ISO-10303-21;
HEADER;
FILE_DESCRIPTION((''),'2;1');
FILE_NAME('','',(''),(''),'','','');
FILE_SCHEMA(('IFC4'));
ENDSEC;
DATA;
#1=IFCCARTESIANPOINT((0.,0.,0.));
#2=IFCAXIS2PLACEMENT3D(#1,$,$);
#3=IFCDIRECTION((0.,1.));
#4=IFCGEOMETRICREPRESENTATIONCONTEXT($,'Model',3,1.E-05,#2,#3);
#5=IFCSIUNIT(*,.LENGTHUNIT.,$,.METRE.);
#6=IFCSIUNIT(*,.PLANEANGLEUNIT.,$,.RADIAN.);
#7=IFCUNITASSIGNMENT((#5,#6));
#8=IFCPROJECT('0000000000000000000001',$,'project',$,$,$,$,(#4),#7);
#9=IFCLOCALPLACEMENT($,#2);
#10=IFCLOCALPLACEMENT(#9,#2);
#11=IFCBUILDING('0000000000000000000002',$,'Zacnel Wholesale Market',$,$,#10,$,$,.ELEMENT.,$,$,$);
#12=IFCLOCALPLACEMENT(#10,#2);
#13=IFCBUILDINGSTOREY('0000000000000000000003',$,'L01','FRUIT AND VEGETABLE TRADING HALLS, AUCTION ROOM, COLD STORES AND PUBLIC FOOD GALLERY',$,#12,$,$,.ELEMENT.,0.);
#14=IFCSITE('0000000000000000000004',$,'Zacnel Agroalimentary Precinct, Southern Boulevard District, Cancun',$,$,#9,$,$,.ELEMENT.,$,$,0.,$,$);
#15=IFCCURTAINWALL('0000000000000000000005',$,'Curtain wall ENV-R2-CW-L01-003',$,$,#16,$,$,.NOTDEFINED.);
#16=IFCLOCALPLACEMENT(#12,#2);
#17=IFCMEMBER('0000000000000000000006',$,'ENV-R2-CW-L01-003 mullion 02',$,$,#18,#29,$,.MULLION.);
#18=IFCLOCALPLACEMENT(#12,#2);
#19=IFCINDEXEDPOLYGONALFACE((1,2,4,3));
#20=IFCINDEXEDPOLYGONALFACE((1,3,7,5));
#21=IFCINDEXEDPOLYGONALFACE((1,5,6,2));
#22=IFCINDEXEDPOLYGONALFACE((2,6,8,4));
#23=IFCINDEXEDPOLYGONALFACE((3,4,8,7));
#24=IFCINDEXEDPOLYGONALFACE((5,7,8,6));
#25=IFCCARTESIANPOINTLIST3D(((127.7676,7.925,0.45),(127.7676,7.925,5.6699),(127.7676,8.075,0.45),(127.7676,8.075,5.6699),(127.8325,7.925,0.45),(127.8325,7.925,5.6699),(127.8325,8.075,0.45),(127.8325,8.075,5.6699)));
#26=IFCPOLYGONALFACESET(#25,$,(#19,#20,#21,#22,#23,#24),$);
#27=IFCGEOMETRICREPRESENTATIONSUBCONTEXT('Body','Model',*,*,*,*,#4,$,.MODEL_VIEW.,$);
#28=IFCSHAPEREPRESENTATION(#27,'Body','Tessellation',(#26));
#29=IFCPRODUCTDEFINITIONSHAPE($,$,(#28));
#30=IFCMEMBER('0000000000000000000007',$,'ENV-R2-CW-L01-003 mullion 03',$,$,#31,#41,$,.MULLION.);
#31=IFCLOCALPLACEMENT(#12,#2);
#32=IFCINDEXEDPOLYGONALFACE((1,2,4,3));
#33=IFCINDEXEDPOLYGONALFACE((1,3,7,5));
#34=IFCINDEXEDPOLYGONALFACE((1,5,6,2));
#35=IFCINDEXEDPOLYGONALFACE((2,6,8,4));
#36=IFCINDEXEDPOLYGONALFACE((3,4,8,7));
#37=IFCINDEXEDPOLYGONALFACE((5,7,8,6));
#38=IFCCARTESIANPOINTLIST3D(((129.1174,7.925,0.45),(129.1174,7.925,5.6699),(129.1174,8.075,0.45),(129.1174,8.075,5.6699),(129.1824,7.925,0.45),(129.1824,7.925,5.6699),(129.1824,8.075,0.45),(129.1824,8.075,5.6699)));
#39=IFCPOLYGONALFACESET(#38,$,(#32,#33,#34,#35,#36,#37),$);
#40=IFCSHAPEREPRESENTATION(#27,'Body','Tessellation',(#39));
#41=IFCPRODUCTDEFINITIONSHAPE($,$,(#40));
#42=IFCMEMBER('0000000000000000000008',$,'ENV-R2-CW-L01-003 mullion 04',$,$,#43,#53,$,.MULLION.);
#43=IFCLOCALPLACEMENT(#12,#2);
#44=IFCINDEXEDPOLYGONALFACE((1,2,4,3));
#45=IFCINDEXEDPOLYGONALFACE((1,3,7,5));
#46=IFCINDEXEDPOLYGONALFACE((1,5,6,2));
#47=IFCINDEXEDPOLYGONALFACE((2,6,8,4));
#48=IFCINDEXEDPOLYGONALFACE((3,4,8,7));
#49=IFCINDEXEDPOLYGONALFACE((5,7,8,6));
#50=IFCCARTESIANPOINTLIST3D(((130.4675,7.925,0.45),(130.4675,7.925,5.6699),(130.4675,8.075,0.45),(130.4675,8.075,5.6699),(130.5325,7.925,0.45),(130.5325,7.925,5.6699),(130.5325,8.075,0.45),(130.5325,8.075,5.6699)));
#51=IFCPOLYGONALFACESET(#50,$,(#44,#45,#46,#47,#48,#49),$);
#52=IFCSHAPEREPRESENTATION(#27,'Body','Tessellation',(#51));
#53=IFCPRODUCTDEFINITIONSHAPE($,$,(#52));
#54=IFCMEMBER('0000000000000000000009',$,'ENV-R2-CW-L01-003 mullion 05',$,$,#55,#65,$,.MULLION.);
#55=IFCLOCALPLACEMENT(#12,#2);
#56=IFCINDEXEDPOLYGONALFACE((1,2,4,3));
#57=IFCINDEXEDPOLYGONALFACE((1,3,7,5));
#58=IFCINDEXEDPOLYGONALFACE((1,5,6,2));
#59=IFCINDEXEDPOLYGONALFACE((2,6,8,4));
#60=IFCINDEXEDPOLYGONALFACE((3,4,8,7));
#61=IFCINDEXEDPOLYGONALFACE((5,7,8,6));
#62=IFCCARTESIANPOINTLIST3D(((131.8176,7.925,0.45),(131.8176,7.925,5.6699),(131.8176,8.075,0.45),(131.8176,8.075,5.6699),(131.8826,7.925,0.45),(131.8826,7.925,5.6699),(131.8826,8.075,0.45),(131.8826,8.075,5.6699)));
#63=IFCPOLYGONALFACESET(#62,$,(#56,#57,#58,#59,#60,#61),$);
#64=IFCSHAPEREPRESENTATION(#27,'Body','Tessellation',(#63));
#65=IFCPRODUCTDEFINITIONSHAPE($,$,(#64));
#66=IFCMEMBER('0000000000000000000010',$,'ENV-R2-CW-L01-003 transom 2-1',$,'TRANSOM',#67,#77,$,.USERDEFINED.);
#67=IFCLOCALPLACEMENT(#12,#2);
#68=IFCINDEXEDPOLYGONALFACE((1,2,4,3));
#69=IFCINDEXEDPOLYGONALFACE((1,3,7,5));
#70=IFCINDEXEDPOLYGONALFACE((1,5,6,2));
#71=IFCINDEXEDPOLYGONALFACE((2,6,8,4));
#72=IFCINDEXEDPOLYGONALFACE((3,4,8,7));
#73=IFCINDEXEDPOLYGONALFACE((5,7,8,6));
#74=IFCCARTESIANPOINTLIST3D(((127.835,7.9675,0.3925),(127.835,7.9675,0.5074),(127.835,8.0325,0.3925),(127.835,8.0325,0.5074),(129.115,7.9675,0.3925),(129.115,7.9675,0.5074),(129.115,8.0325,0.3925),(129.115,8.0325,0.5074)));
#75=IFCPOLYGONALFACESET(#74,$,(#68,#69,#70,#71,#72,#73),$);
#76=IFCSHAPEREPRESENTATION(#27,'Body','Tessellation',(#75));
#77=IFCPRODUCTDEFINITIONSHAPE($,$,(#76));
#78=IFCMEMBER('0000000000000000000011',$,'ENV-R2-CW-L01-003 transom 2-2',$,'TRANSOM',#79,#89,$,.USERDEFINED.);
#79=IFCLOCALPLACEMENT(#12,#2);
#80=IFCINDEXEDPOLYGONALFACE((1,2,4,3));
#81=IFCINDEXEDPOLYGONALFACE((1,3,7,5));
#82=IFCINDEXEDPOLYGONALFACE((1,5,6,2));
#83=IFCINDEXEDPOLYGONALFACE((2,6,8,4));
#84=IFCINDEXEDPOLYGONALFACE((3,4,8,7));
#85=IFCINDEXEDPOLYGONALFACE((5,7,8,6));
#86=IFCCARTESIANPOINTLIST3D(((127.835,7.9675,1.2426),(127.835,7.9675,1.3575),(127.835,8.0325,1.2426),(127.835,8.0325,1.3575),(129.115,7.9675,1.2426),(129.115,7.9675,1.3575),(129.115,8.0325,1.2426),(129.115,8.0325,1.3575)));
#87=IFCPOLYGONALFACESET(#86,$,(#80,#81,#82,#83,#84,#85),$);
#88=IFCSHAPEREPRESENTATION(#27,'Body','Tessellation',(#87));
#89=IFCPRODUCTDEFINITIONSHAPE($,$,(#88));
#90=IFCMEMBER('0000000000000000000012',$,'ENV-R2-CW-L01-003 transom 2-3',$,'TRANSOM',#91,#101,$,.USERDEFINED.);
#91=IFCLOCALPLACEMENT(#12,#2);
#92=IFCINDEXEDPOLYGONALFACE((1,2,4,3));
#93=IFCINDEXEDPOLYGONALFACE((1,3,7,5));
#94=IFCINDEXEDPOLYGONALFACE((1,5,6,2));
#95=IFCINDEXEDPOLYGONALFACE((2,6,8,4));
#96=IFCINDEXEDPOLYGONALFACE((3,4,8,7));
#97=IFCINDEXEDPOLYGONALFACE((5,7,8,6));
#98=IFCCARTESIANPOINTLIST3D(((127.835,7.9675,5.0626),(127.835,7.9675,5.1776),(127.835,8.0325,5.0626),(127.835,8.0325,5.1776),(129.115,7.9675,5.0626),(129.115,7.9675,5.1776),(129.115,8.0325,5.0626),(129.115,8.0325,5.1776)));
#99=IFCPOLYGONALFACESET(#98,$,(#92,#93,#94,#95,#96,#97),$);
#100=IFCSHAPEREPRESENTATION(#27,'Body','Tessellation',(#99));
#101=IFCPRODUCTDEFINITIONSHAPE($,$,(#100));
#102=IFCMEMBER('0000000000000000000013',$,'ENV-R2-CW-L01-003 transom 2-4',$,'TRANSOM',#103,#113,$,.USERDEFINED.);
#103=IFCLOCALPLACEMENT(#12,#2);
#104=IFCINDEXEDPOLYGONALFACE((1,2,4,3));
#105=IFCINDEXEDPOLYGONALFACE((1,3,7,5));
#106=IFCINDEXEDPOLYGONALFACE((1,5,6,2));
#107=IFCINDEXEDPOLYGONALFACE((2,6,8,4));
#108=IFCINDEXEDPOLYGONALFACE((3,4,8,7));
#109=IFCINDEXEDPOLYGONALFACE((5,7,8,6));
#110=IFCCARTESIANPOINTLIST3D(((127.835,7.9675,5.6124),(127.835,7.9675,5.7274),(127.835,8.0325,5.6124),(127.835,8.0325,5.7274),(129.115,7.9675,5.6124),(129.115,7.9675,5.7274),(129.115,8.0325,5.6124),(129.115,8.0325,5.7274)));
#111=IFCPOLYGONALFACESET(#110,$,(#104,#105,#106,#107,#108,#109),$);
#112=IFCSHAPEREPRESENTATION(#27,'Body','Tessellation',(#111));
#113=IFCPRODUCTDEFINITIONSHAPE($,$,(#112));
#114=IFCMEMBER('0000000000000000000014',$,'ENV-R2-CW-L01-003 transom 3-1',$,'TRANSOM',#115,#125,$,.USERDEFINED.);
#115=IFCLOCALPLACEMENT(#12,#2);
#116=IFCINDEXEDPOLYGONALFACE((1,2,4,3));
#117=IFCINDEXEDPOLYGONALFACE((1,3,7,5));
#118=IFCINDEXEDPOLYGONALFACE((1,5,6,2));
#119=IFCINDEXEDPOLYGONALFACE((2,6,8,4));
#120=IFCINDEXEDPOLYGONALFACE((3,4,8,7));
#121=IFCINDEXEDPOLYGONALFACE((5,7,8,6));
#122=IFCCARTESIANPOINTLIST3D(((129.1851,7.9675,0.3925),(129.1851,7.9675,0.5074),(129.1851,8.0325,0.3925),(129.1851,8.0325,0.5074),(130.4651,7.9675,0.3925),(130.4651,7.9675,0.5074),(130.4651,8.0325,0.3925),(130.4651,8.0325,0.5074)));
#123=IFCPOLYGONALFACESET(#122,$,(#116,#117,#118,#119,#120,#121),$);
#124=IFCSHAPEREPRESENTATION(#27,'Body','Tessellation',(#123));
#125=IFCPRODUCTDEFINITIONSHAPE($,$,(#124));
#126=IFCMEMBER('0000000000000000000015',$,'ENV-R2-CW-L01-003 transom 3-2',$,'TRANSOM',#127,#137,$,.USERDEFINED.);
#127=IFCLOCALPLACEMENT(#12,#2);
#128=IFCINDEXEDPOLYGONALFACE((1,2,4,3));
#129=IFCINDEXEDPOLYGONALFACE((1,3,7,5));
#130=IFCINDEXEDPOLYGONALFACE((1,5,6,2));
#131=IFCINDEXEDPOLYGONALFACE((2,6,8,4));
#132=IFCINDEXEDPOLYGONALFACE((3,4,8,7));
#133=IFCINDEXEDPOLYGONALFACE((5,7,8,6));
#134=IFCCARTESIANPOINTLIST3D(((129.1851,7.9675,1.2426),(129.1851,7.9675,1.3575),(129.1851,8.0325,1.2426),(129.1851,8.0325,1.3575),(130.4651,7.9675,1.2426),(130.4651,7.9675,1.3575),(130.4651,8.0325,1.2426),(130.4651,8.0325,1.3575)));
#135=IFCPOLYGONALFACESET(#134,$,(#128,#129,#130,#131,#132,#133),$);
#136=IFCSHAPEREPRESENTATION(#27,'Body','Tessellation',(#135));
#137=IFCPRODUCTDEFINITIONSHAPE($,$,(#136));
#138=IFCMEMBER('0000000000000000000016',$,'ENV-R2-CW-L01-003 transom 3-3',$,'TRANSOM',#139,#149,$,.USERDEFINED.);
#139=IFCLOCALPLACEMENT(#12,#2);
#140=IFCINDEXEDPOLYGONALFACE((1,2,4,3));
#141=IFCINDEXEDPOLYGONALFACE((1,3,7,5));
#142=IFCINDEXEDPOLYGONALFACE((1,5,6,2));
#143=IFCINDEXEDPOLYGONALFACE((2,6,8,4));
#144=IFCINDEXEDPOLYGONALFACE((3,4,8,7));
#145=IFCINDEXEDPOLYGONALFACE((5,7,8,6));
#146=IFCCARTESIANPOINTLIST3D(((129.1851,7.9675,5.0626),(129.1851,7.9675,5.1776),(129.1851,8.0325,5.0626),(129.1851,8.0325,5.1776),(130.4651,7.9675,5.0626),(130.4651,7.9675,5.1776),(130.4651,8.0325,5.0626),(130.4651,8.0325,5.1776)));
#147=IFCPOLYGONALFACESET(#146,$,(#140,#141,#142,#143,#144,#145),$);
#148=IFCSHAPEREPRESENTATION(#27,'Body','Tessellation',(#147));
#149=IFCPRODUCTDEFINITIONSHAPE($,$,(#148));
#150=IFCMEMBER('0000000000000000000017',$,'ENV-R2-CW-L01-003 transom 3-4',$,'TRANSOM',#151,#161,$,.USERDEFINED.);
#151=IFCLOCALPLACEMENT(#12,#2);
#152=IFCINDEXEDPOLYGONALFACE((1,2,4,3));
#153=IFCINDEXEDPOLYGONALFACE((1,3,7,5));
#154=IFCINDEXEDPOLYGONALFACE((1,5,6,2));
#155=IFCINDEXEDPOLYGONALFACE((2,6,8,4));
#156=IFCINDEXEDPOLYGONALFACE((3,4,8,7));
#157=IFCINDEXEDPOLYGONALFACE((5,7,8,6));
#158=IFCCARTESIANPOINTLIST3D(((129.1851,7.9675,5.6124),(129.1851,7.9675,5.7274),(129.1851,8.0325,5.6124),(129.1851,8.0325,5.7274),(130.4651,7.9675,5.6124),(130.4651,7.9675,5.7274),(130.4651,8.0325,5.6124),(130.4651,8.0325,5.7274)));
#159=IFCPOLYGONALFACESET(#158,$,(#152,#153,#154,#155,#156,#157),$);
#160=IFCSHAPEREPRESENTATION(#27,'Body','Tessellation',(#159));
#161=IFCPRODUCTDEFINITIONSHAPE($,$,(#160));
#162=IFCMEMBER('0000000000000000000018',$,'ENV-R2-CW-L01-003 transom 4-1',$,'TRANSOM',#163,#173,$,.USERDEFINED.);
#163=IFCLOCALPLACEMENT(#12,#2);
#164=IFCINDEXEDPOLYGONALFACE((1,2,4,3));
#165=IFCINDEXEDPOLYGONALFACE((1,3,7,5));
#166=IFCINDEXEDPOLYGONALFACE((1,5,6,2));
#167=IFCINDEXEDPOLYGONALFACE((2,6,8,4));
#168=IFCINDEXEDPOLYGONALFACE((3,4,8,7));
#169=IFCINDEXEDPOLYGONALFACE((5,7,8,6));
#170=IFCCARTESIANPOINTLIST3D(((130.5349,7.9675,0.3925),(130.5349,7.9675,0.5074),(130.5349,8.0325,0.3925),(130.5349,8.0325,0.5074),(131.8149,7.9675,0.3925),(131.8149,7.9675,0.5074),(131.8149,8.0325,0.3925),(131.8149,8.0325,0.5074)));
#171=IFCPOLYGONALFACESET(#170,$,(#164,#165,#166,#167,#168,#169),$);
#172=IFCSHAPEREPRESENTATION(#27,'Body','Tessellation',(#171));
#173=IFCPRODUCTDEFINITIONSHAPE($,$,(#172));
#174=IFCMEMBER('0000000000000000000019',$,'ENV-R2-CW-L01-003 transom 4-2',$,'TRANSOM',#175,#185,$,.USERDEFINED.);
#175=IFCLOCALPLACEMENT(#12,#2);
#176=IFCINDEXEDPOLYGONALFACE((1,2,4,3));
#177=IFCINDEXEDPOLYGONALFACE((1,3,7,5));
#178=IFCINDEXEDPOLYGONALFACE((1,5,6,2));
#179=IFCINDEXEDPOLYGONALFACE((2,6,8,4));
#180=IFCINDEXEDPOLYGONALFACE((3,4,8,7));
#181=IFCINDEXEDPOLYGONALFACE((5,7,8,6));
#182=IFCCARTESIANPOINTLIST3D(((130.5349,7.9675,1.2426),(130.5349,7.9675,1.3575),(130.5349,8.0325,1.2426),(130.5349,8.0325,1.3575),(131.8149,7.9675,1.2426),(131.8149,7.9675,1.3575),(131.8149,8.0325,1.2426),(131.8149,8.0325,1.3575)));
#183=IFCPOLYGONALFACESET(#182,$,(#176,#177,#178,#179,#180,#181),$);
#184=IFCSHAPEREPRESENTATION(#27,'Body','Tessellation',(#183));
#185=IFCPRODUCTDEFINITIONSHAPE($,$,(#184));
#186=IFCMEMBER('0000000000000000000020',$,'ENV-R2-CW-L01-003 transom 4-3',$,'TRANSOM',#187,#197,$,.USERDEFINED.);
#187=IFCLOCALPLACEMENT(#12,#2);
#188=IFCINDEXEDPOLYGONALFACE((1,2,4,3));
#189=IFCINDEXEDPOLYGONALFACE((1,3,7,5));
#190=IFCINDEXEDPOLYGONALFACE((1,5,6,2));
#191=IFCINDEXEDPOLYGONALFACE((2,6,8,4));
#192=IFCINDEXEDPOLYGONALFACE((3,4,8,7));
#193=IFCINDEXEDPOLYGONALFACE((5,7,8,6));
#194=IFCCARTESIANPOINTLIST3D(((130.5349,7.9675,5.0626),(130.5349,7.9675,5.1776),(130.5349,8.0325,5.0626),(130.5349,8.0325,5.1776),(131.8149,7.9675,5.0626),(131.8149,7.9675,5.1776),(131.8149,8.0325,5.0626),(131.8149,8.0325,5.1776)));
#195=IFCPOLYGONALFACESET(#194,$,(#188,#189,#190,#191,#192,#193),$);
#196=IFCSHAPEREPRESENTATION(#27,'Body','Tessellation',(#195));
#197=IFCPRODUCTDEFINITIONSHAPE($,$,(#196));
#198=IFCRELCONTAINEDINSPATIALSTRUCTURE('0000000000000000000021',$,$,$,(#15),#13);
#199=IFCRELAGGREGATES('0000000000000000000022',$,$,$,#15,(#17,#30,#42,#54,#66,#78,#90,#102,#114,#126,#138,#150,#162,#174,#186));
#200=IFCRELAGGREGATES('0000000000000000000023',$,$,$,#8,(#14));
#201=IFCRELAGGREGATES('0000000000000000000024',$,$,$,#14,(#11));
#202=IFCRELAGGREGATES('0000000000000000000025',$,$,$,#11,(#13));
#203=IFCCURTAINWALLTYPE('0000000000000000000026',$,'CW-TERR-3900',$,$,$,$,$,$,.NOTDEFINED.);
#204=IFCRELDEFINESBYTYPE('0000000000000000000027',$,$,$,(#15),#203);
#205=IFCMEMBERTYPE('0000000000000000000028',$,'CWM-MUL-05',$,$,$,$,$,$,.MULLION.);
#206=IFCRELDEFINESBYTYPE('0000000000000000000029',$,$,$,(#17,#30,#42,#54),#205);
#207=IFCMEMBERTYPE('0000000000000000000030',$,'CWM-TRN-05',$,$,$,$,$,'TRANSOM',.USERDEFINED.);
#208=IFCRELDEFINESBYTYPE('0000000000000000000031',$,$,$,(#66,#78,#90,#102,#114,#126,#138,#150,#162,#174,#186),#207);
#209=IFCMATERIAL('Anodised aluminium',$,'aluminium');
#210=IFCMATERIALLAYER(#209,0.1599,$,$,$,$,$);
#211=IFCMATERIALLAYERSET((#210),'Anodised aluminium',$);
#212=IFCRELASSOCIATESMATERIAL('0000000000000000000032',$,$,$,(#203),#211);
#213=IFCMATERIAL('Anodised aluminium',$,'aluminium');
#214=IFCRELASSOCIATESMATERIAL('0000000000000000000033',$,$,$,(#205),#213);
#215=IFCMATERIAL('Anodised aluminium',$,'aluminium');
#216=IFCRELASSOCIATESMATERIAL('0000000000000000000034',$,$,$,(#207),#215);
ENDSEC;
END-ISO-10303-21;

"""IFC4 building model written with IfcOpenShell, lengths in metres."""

from ifc_helpers import new_model, si_unit, direction, frame, origin, origin_2d, place, context, subcontext, project, spatial, rectangle, extrude, material, layer, layer_set, material_profile, profile_set, type_object, element, aggregate, save


model = new_model("IFC4")

# Units and contexts
model_context = context("Model", 3, precision=1e-05, world=origin(), true_north=direction((0.0, 1.0)))
body_context = subcontext(model_context, "Body", "Model", "MODEL_VIEW")
ifc_project = project(units=[si_unit("LENGTHUNIT", "METRE"), si_unit("PLANEANGLEUNIT", "RADIAN")], contexts=[model_context])

# Site, building, storey
site_placement = place(None, origin())
site = spatial("IfcSite", under=ifc_project, at=site_placement, Name="Zacnel Agroalimentary Precinct, Southern Boulevard District, Cancun", CompositionType="ELEMENT", RefElevation=0.0)
building_placement = place(site_placement, origin())
building = spatial("IfcBuilding", under=site, at=building_placement, Name="Zacnel Wholesale Market", CompositionType="ELEMENT")
storey_placement = place(building_placement, origin())
storey = spatial("IfcBuildingStorey", under=building, at=storey_placement, Name="L01", Description="FRUIT AND VEGETABLE TRADING HALLS, AUCTION ROOM, COLD STORES AND PUBLIC FOOD GALLERY", CompositionType="ELEMENT", Elevation=0.0)

# Curtain wall, members
ifc_material_1 = material(Name="Anodised aluminium", Category="aluminium")
ifc_layer_1 = layer(ifc_material_1, 0.1599)
ifc_layer_set_1 = layer_set([ifc_layer_1], Name="Anodised aluminium")
curtain_wall_type = type_object("IfcCurtainWallType", Name="CW-TERR-3900", PredefinedType="NOTDEFINED", material=ifc_layer_set_1)
curtain_wall_placement = place(storey_placement, origin())
curtain_wall = element("IfcCurtainWall", 1, at=curtain_wall_placement, inside=storey, type_object=curtain_wall_type, Name="Curtain wall ENV-R2-CW-L01-003", PredefinedType="NOTDEFINED")
ifc_material_2 = material(Name="Anodised aluminium", Category="aluminium")
ifc_material_profile_1 = material_profile(ifc_material_2, rectangle(XDim=0.0649, YDim=0.1499, at=origin_2d()), Name="AW-MULLION 65x150")
ifc_profile_set_1 = profile_set([ifc_material_profile_1], Name="Anodised aluminium")
member_type_1 = type_object("IfcMemberType", Name="CWM-MUL-05", PredefinedType="MULLION", material=ifc_profile_set_1)
member_1_placement = place(storey_placement, frame((127.8, 8.0, 0.45), z_axis=(0.0, 0.0, 1.0), x_axis=(1.0, 0.0, 0.0)))
member_1 = element("IfcMember", 2, at=member_1_placement, type_object=member_type_1, Name="ENV-R2-CW-L01-003 mullion 02", PredefinedType="MULLION", context=body_context, shape_type="SweptSolid", body=[
    extrude(rectangle(XDim=0.0649, YDim=0.1499, at=origin_2d()), origin(), (0.0, 0.0, 1.0), 5.22),
])
member_2_placement = place(storey_placement, frame((129.1499, 8.0, 0.45), z_axis=(0.0, 0.0, 1.0), x_axis=(1.0, 0.0, 0.0)))
member_2 = element("IfcMember", 3, at=member_2_placement, type_object=member_type_1, Name="ENV-R2-CW-L01-003 mullion 03", PredefinedType="MULLION", context=body_context, shape_type="SweptSolid", body=[
    extrude(rectangle(XDim=0.0649, YDim=0.1499, at=origin_2d()), origin(), (0.0, 0.0, 1.0), 5.22),
])
member_3_placement = place(storey_placement, frame((130.5, 8.0, 0.45), z_axis=(0.0, 0.0, 1.0), x_axis=(1.0, 0.0, 0.0)))
member_3 = element("IfcMember", 4, at=member_3_placement, type_object=member_type_1, Name="ENV-R2-CW-L01-003 mullion 04", PredefinedType="MULLION", context=body_context, shape_type="SweptSolid", body=[
    extrude(rectangle(XDim=0.0649, YDim=0.1499, at=origin_2d()), origin(), (0.0, 0.0, 1.0), 5.22),
])
member_4_placement = place(storey_placement, frame((131.8501, 8.0, 0.45), z_axis=(0.0, 0.0, 1.0), x_axis=(1.0, 0.0, 0.0)))
member_4 = element("IfcMember", 5, at=member_4_placement, type_object=member_type_1, Name="ENV-R2-CW-L01-003 mullion 05", PredefinedType="MULLION", context=body_context, shape_type="SweptSolid", body=[
    extrude(rectangle(XDim=0.0649, YDim=0.1499, at=origin_2d()), origin(), (0.0, 0.0, 1.0), 5.22),
])
ifc_material_3 = material(Name="Anodised aluminium", Category="aluminium")
ifc_material_profile_2 = material_profile(ifc_material_3, rectangle(XDim=0.0649, YDim=0.115, at=origin_2d()), Name="AW-TRANSOM 65x115")
ifc_profile_set_2 = profile_set([ifc_material_profile_2], Name="Anodised aluminium")
member_type_2 = type_object("IfcMemberType", Name="CWM-TRN-05", ElementType="TRANSOM", PredefinedType="USERDEFINED", material=ifc_profile_set_2)
member_5_placement = place(storey_placement, frame((127.835, 8.0, 0.45), z_axis=(1.0, 0.0, 0.0), x_axis=(0.0, 1.0, 0.0)))
member_5 = element("IfcMember", 6, at=member_5_placement, type_object=member_type_2, Name="ENV-R2-CW-L01-003 transom 2-1", ObjectType="TRANSOM", PredefinedType="USERDEFINED", context=body_context, shape_type="SweptSolid", body=[
    extrude(rectangle(XDim=0.0649, YDim=0.115, at=origin_2d()), origin(), (0.0, 0.0, 1.0), 1.28),
])
member_6_placement = place(storey_placement, frame((127.835, 8.0, 1.3), z_axis=(1.0, 0.0, 0.0), x_axis=(0.0, 1.0, 0.0)))
member_6 = element("IfcMember", 7, at=member_6_placement, type_object=member_type_2, Name="ENV-R2-CW-L01-003 transom 2-2", ObjectType="TRANSOM", PredefinedType="USERDEFINED", context=body_context, shape_type="SweptSolid", body=[
    extrude(rectangle(XDim=0.0649, YDim=0.115, at=origin_2d()), origin(), (0.0, 0.0, 1.0), 1.28),
])
member_7_placement = place(storey_placement, frame((127.835, 8.0, 5.1201), z_axis=(1.0, 0.0, 0.0), x_axis=(0.0, 1.0, 0.0)))
member_7 = element("IfcMember", 8, at=member_7_placement, type_object=member_type_2, Name="ENV-R2-CW-L01-003 transom 2-3", ObjectType="TRANSOM", PredefinedType="USERDEFINED", context=body_context, shape_type="SweptSolid", body=[
    extrude(rectangle(XDim=0.0649, YDim=0.115, at=origin_2d()), origin(), (0.0, 0.0, 1.0), 1.28),
])
member_8_placement = place(storey_placement, frame((127.835, 8.0, 5.6699), z_axis=(1.0, 0.0, 0.0), x_axis=(0.0, 1.0, 0.0)))
member_8 = element("IfcMember", 9, at=member_8_placement, type_object=member_type_2, Name="ENV-R2-CW-L01-003 transom 2-4", ObjectType="TRANSOM", PredefinedType="USERDEFINED", context=body_context, shape_type="SweptSolid", body=[
    extrude(rectangle(XDim=0.0649, YDim=0.115, at=origin_2d()), origin(), (0.0, 0.0, 1.0), 1.28),
])
member_9_placement = place(storey_placement, frame((129.1851, 8.0, 0.45), z_axis=(1.0, 0.0, 0.0), x_axis=(0.0, 1.0, 0.0)))
member_9 = element("IfcMember", 10, at=member_9_placement, type_object=member_type_2, Name="ENV-R2-CW-L01-003 transom 3-1", ObjectType="TRANSOM", PredefinedType="USERDEFINED", context=body_context, shape_type="SweptSolid", body=[
    extrude(rectangle(XDim=0.0649, YDim=0.115, at=origin_2d()), origin(), (0.0, 0.0, 1.0), 1.28),
])
member_10_placement = place(storey_placement, frame((129.1851, 8.0, 1.3), z_axis=(1.0, 0.0, 0.0), x_axis=(0.0, 1.0, 0.0)))
member_10 = element("IfcMember", 11, at=member_10_placement, type_object=member_type_2, Name="ENV-R2-CW-L01-003 transom 3-2", ObjectType="TRANSOM", PredefinedType="USERDEFINED", context=body_context, shape_type="SweptSolid", body=[
    extrude(rectangle(XDim=0.0649, YDim=0.115, at=origin_2d()), origin(), (0.0, 0.0, 1.0), 1.28),
])
member_11_placement = place(storey_placement, frame((129.1851, 8.0, 5.1201), z_axis=(1.0, 0.0, 0.0), x_axis=(0.0, 1.0, 0.0)))
member_11 = element("IfcMember", 12, at=member_11_placement, type_object=member_type_2, Name="ENV-R2-CW-L01-003 transom 3-3", ObjectType="TRANSOM", PredefinedType="USERDEFINED", context=body_context, shape_type="SweptSolid", body=[
    extrude(rectangle(XDim=0.0649, YDim=0.115, at=origin_2d()), origin(), (0.0, 0.0, 1.0), 1.28),
])
member_12_placement = place(storey_placement, frame((129.1851, 8.0, 5.6699), z_axis=(1.0, 0.0, 0.0), x_axis=(0.0, 1.0, 0.0)))
member_12 = element("IfcMember", 13, at=member_12_placement, type_object=member_type_2, Name="ENV-R2-CW-L01-003 transom 3-4", ObjectType="TRANSOM", PredefinedType="USERDEFINED", context=body_context, shape_type="SweptSolid", body=[
    extrude(rectangle(XDim=0.0649, YDim=0.115, at=origin_2d()), origin(), (0.0, 0.0, 1.0), 1.28),
])
member_13_placement = place(storey_placement, frame((130.5349, 8.0, 0.45), z_axis=(1.0, 0.0, 0.0), x_axis=(0.0, 1.0, 0.0)))
member_13 = element("IfcMember", 14, at=member_13_placement, type_object=member_type_2, Name="ENV-R2-CW-L01-003 transom 4-1", ObjectType="TRANSOM", PredefinedType="USERDEFINED", context=body_context, shape_type="SweptSolid", body=[
    extrude(rectangle(XDim=0.0649, YDim=0.115, at=origin_2d()), origin(), (0.0, 0.0, 1.0), 1.28),
])
member_14_placement = place(storey_placement, frame((130.5349, 8.0, 1.3), z_axis=(1.0, 0.0, 0.0), x_axis=(0.0, 1.0, 0.0)))
member_14 = element("IfcMember", 15, at=member_14_placement, type_object=member_type_2, Name="ENV-R2-CW-L01-003 transom 4-2", ObjectType="TRANSOM", PredefinedType="USERDEFINED", context=body_context, shape_type="SweptSolid", body=[
    extrude(rectangle(XDim=0.0649, YDim=0.115, at=origin_2d()), origin(), (0.0, 0.0, 1.0), 1.28),
])
member_15_placement = place(storey_placement, frame((130.5349, 8.0, 5.1201), z_axis=(1.0, 0.0, 0.0), x_axis=(0.0, 1.0, 0.0)))
member_15 = element("IfcMember", 16, at=member_15_placement, type_object=member_type_2, Name="ENV-R2-CW-L01-003 transom 4-3", ObjectType="TRANSOM", PredefinedType="USERDEFINED", context=body_context, shape_type="SweptSolid", body=[
    extrude(rectangle(XDim=0.0649, YDim=0.115, at=origin_2d()), origin(), (0.0, 0.0, 1.0), 1.28),
])
aggregate(curtain_wall, [member_1, member_2, member_3, member_4, member_5, member_6, member_7, member_8, member_9, member_10, member_11, member_12, member_13, member_14, member_15])

save(model, "model.ifc")
